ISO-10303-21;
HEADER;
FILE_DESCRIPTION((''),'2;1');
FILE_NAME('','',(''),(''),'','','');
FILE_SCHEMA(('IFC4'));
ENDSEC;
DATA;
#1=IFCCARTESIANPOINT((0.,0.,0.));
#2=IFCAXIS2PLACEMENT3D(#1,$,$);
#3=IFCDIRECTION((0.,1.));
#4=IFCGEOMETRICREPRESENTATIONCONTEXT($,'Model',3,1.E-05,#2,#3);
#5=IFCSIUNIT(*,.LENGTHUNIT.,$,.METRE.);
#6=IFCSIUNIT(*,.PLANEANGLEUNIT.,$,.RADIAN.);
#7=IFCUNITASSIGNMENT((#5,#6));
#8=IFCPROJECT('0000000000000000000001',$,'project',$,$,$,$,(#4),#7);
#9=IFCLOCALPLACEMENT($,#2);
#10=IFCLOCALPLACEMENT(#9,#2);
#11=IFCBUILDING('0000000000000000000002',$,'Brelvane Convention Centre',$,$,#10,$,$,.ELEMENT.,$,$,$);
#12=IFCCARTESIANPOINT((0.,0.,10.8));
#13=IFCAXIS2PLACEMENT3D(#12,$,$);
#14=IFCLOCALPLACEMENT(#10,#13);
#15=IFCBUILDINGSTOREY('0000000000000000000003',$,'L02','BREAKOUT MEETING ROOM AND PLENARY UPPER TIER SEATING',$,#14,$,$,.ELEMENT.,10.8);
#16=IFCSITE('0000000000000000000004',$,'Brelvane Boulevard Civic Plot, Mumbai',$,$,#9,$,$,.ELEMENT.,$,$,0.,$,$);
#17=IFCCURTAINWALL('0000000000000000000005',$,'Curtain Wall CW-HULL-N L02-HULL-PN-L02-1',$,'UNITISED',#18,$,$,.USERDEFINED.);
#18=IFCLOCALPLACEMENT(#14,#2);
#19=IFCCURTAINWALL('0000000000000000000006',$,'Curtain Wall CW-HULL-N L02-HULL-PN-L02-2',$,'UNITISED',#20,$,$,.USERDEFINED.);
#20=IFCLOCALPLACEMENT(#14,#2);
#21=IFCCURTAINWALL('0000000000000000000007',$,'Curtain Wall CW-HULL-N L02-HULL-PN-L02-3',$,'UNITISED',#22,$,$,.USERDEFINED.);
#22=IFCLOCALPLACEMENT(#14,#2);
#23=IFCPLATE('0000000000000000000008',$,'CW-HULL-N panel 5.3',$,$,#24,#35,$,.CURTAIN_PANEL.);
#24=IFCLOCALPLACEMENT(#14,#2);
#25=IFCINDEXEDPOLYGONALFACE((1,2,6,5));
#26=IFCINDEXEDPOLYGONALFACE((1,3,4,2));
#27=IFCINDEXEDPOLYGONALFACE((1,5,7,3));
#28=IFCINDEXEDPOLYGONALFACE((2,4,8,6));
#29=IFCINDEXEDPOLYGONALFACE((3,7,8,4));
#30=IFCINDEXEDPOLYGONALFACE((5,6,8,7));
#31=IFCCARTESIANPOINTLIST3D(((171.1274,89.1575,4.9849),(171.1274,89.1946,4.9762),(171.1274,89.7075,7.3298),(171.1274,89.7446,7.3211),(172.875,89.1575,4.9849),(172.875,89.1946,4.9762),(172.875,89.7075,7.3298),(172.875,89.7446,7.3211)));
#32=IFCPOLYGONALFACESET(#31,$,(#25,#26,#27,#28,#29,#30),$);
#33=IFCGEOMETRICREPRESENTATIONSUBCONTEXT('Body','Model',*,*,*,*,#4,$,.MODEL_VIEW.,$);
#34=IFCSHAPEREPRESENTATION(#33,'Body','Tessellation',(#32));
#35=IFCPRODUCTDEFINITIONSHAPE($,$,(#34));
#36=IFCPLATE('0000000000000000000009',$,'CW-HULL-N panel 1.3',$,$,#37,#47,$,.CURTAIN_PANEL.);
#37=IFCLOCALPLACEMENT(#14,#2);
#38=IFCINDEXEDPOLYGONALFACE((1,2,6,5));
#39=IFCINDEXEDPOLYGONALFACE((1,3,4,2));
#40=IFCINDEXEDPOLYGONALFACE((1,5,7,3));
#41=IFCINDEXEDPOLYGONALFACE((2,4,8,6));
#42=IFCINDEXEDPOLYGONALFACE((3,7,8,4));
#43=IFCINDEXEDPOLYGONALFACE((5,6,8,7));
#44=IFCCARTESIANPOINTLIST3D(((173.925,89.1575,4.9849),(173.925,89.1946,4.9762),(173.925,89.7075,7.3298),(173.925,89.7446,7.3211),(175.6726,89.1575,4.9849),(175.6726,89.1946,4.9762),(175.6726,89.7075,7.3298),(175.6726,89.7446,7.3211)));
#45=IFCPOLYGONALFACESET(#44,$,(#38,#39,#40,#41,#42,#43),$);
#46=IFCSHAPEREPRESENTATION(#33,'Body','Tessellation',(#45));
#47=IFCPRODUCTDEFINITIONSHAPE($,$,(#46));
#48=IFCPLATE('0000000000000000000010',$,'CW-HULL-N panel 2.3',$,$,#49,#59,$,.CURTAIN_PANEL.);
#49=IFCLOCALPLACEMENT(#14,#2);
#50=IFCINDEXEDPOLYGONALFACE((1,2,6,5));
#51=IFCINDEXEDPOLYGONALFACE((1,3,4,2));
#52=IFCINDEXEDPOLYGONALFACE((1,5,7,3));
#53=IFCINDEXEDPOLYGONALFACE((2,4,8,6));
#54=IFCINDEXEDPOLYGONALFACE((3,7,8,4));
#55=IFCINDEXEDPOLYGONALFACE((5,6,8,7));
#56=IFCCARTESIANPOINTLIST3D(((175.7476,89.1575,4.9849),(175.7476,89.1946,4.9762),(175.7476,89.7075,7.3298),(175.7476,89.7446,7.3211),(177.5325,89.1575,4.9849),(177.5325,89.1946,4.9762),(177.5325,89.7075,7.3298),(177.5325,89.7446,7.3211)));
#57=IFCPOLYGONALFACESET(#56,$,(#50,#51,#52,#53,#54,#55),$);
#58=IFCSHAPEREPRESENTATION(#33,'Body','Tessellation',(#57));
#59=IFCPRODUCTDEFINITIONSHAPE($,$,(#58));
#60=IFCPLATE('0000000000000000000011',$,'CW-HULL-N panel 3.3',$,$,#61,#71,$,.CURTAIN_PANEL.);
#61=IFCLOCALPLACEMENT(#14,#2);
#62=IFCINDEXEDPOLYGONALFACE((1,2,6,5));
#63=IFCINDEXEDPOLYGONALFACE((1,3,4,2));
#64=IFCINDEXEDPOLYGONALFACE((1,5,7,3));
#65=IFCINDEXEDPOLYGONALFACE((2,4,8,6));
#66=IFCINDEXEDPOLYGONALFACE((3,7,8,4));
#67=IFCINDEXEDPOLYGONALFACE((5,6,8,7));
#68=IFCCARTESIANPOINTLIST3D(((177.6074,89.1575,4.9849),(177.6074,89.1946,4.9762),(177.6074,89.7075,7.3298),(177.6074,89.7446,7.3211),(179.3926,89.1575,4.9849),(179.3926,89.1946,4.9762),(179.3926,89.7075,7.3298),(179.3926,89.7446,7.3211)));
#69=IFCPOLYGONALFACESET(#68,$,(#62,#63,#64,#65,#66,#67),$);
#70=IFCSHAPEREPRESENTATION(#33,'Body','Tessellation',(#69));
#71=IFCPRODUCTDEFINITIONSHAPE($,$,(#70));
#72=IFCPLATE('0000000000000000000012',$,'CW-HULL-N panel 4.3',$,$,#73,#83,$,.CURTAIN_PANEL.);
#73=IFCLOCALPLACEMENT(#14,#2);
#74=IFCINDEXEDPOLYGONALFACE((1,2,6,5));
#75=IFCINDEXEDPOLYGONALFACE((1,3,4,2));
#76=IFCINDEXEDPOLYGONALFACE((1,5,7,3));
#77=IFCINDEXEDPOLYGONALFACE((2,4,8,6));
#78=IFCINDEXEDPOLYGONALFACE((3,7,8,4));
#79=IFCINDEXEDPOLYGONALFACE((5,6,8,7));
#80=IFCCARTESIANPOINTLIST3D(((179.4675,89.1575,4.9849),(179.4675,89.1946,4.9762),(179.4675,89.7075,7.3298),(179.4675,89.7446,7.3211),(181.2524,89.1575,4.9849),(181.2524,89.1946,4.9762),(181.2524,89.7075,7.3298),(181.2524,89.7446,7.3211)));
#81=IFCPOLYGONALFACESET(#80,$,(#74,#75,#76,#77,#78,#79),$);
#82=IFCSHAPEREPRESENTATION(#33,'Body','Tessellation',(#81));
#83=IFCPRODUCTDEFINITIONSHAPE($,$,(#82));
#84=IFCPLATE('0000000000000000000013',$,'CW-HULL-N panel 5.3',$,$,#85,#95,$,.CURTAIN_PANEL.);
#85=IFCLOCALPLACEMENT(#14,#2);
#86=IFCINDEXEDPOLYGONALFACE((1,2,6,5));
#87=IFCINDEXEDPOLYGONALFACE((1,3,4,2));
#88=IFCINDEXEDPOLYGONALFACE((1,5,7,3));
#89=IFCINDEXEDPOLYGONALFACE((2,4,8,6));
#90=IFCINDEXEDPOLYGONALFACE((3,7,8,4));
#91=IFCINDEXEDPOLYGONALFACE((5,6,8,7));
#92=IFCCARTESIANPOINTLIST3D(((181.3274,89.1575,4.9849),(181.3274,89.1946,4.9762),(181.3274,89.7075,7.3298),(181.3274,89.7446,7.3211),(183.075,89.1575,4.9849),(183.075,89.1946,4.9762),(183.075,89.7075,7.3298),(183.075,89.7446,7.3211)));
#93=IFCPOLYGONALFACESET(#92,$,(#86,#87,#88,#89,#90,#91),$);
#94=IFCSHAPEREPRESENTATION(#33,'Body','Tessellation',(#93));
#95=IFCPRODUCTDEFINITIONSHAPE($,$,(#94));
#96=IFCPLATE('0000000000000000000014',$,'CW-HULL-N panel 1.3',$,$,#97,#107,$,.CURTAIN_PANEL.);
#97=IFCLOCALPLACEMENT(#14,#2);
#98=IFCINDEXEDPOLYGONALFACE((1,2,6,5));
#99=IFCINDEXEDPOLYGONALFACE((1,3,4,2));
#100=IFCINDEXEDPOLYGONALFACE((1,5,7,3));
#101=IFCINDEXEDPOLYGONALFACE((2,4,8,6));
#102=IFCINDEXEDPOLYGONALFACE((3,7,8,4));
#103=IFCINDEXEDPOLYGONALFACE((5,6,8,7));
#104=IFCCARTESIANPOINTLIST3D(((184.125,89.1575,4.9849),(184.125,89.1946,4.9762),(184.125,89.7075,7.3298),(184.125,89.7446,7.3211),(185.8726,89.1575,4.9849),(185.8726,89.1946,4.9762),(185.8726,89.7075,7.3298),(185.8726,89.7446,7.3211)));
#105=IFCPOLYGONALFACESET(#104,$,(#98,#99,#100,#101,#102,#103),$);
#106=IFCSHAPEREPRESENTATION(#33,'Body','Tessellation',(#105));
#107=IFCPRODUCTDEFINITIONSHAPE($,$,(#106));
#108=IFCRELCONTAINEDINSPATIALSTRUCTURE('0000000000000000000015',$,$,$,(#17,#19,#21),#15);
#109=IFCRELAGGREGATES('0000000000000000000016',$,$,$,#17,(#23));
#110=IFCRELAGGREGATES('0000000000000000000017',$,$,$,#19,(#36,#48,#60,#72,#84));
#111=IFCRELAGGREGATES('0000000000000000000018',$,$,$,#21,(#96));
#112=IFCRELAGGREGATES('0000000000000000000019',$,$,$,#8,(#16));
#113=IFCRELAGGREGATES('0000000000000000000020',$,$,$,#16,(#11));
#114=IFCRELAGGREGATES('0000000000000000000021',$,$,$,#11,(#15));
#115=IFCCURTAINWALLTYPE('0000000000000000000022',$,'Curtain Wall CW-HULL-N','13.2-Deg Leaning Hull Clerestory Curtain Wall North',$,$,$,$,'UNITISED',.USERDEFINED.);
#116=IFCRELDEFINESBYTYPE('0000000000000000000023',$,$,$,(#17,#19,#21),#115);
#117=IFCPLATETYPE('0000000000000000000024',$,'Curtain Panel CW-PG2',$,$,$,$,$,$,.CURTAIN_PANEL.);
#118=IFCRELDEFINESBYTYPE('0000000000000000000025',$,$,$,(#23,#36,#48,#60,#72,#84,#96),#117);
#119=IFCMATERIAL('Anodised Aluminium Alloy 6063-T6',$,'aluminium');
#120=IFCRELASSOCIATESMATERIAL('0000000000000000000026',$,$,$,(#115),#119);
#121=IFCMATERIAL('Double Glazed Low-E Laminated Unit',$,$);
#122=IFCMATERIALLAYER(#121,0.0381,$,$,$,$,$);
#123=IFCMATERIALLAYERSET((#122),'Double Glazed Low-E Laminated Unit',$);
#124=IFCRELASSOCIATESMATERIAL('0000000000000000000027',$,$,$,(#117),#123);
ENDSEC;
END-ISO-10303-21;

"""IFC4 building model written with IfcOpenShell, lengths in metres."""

from ifc_helpers import new_model, si_unit, direction, frame, origin, place, context, subcontext, project, spatial, polyline, outline, extrude, material, layer, layer_set, type_object, element, aggregate, save


model = new_model("IFC4")

# Units and contexts
model_context = context("Model", 3, precision=1e-05, world=origin(), true_north=direction((0.0, 1.0)))
body_context = subcontext(model_context, "Body", "Model", "MODEL_VIEW")
ifc_project = project(units=[si_unit("LENGTHUNIT", "METRE"), si_unit("PLANEANGLEUNIT", "RADIAN")], contexts=[model_context])

# Site, building, storey
site_placement = place(None, origin())
site = spatial("IfcSite", under=ifc_project, at=site_placement, Name="Brelvane Boulevard Civic Plot, Mumbai", CompositionType="ELEMENT", RefElevation=0.0)
building_placement = place(site_placement, origin())
building = spatial("IfcBuilding", under=site, at=building_placement, Name="Brelvane Convention Centre", CompositionType="ELEMENT")
storey_placement = place(building_placement, frame((0.0, 0.0, 10.8)))
storey = spatial("IfcBuildingStorey", under=building, at=storey_placement, Name="L02", Description="BREAKOUT MEETING ROOM AND PLENARY UPPER TIER SEATING", CompositionType="ELEMENT", Elevation=10.8)

# Curtain walls
ifc_material_1 = material(Name="Anodised Aluminium Alloy 6063-T6", Category="aluminium")
curtain_wall_type = type_object("IfcCurtainWallType", Name="Curtain Wall CW-HULL-N", Description="13.2-Deg Leaning Hull Clerestory Curtain Wall North", ElementType="UNITISED", PredefinedType="USERDEFINED", material=ifc_material_1)
curtain_wall_1_placement = place(storey_placement, origin())
curtain_wall_1 = element("IfcCurtainWall", 1, at=curtain_wall_1_placement, inside=storey, type_object=curtain_wall_type, Name="Curtain Wall CW-HULL-N L02-HULL-PN-L02-1", ObjectType="UNITISED", PredefinedType="USERDEFINED")
curtain_wall_2_placement = place(storey_placement, origin())
curtain_wall_2 = element("IfcCurtainWall", 2, at=curtain_wall_2_placement, inside=storey, type_object=curtain_wall_type, Name="Curtain Wall CW-HULL-N L02-HULL-PN-L02-2", ObjectType="UNITISED", PredefinedType="USERDEFINED")
curtain_wall_3_placement = place(storey_placement, origin())
curtain_wall_3 = element("IfcCurtainWall", 3, at=curtain_wall_3_placement, inside=storey, type_object=curtain_wall_type, Name="Curtain Wall CW-HULL-N L02-HULL-PN-L02-3", ObjectType="UNITISED", PredefinedType="USERDEFINED")

# Plates
ifc_material_2 = material(Name="Double Glazed Low-E Laminated Unit")
ifc_layer = layer(ifc_material_2, 0.0381)
ifc_layer_set = layer_set([ifc_layer], Name="Double Glazed Low-E Laminated Unit")
plate_type = type_object("IfcPlateType", Name="Curtain Panel CW-PG2", PredefinedType="CURTAIN_PANEL", material=ifc_layer_set)
plate_1_placement = place(storey_placement, frame((171.1274, 89.1575, 4.9849), z_axis=(0.0, -0.973575, 0.228367), x_axis=(1.0, 0.0, 0.0)))
plate_1 = element("IfcPlate", 4, at=plate_1_placement, type_object=plate_type, Name="CW-HULL-N panel 5.3", PredefinedType="CURTAIN_PANEL", context=body_context, shape_type="SweptSolid", body=[
    extrude(outline(polyline([(0.0, 0.0), (1.7476, 0.0), (1.7476, 2.4086), (0.0, 2.4086), (0.0, 0.0)])), origin(), (0.0, 0.0, -1.0), 0.0381),
])
aggregate(curtain_wall_1, [plate_1])
plate_2_placement = place(storey_placement, frame((173.925, 89.1575, 4.9849), z_axis=(0.0, -0.973575, 0.228367), x_axis=(1.0, 0.0, 0.0)))
plate_2 = element("IfcPlate", 5, at=plate_2_placement, type_object=plate_type, Name="CW-HULL-N panel 1.3", PredefinedType="CURTAIN_PANEL", context=body_context, shape_type="SweptSolid", body=[
    extrude(outline(polyline([(0.0, 0.0), (1.7476, 0.0), (1.7476, 2.4086), (0.0, 2.4086), (0.0, 0.0)])), origin(), (0.0, 0.0, -1.0), 0.0381),
])
plate_3_placement = place(storey_placement, frame((175.7476, 89.1575, 4.9849), z_axis=(0.0, -0.973575, 0.228367), x_axis=(1.0, 0.0, 0.0)))
plate_3 = element("IfcPlate", 6, at=plate_3_placement, type_object=plate_type, Name="CW-HULL-N panel 2.3", PredefinedType="CURTAIN_PANEL", context=body_context, shape_type="SweptSolid", body=[
    extrude(outline(polyline([(0.0, 0.0), (1.7849, 0.0), (1.7849, 2.4086), (0.0, 2.4086), (0.0, 0.0)])), origin(), (0.0, 0.0, -1.0), 0.0381),
])
plate_4_placement = place(storey_placement, frame((177.6074, 89.1575, 4.9849), z_axis=(0.0, -0.973575, 0.228367), x_axis=(1.0, 0.0, 0.0)))
plate_4 = element("IfcPlate", 7, at=plate_4_placement, type_object=plate_type, Name="CW-HULL-N panel 3.3", PredefinedType="CURTAIN_PANEL", context=body_context, shape_type="SweptSolid", body=[
    extrude(outline(polyline([(0.0, 0.0), (1.7852, 0.0), (1.7852, 2.4086), (0.0, 2.4086), (0.0, 0.0)])), origin(), (0.0, 0.0, -1.0), 0.0381),
])
plate_5_placement = place(storey_placement, frame((179.4675, 89.1575, 4.9849), z_axis=(0.0, -0.973575, 0.228367), x_axis=(1.0, 0.0, 0.0)))
plate_5 = element("IfcPlate", 8, at=plate_5_placement, type_object=plate_type, Name="CW-HULL-N panel 4.3", PredefinedType="CURTAIN_PANEL", context=body_context, shape_type="SweptSolid", body=[
    extrude(outline(polyline([(0.0, 0.0), (1.7849, 0.0), (1.7849, 2.4086), (0.0, 2.4086), (0.0, 0.0)])), origin(), (0.0, 0.0, -1.0), 0.0381),
])
plate_6_placement = place(storey_placement, frame((181.3274, 89.1575, 4.9849), z_axis=(0.0, -0.973575, 0.228367), x_axis=(1.0, 0.0, 0.0)))
plate_6 = element("IfcPlate", 9, at=plate_6_placement, type_object=plate_type, Name="CW-HULL-N panel 5.3", PredefinedType="CURTAIN_PANEL", context=body_context, shape_type="SweptSolid", body=[
    extrude(outline(polyline([(0.0, 0.0), (1.7476, 0.0), (1.7476, 2.4086), (0.0, 2.4086), (0.0, 0.0)])), origin(), (0.0, 0.0, -1.0), 0.0381),
])
aggregate(curtain_wall_2, [plate_2, plate_3, plate_4, plate_5, plate_6])
plate_7_placement = place(storey_placement, frame((184.125, 89.1575, 4.9849), z_axis=(0.0, -0.973575, 0.228367), x_axis=(1.0, 0.0, 0.0)))
plate_7 = element("IfcPlate", 10, at=plate_7_placement, type_object=plate_type, Name="CW-HULL-N panel 1.3", PredefinedType="CURTAIN_PANEL", context=body_context, shape_type="SweptSolid", body=[
    extrude(outline(polyline([(0.0, 0.0), (1.7476, 0.0), (1.7476, 2.4086), (0.0, 2.4086), (0.0, 0.0)])), origin(), (0.0, 0.0, -1.0), 0.0381),
])
aggregate(curtain_wall_3, [plate_7])

save(model, "model.ifc")
